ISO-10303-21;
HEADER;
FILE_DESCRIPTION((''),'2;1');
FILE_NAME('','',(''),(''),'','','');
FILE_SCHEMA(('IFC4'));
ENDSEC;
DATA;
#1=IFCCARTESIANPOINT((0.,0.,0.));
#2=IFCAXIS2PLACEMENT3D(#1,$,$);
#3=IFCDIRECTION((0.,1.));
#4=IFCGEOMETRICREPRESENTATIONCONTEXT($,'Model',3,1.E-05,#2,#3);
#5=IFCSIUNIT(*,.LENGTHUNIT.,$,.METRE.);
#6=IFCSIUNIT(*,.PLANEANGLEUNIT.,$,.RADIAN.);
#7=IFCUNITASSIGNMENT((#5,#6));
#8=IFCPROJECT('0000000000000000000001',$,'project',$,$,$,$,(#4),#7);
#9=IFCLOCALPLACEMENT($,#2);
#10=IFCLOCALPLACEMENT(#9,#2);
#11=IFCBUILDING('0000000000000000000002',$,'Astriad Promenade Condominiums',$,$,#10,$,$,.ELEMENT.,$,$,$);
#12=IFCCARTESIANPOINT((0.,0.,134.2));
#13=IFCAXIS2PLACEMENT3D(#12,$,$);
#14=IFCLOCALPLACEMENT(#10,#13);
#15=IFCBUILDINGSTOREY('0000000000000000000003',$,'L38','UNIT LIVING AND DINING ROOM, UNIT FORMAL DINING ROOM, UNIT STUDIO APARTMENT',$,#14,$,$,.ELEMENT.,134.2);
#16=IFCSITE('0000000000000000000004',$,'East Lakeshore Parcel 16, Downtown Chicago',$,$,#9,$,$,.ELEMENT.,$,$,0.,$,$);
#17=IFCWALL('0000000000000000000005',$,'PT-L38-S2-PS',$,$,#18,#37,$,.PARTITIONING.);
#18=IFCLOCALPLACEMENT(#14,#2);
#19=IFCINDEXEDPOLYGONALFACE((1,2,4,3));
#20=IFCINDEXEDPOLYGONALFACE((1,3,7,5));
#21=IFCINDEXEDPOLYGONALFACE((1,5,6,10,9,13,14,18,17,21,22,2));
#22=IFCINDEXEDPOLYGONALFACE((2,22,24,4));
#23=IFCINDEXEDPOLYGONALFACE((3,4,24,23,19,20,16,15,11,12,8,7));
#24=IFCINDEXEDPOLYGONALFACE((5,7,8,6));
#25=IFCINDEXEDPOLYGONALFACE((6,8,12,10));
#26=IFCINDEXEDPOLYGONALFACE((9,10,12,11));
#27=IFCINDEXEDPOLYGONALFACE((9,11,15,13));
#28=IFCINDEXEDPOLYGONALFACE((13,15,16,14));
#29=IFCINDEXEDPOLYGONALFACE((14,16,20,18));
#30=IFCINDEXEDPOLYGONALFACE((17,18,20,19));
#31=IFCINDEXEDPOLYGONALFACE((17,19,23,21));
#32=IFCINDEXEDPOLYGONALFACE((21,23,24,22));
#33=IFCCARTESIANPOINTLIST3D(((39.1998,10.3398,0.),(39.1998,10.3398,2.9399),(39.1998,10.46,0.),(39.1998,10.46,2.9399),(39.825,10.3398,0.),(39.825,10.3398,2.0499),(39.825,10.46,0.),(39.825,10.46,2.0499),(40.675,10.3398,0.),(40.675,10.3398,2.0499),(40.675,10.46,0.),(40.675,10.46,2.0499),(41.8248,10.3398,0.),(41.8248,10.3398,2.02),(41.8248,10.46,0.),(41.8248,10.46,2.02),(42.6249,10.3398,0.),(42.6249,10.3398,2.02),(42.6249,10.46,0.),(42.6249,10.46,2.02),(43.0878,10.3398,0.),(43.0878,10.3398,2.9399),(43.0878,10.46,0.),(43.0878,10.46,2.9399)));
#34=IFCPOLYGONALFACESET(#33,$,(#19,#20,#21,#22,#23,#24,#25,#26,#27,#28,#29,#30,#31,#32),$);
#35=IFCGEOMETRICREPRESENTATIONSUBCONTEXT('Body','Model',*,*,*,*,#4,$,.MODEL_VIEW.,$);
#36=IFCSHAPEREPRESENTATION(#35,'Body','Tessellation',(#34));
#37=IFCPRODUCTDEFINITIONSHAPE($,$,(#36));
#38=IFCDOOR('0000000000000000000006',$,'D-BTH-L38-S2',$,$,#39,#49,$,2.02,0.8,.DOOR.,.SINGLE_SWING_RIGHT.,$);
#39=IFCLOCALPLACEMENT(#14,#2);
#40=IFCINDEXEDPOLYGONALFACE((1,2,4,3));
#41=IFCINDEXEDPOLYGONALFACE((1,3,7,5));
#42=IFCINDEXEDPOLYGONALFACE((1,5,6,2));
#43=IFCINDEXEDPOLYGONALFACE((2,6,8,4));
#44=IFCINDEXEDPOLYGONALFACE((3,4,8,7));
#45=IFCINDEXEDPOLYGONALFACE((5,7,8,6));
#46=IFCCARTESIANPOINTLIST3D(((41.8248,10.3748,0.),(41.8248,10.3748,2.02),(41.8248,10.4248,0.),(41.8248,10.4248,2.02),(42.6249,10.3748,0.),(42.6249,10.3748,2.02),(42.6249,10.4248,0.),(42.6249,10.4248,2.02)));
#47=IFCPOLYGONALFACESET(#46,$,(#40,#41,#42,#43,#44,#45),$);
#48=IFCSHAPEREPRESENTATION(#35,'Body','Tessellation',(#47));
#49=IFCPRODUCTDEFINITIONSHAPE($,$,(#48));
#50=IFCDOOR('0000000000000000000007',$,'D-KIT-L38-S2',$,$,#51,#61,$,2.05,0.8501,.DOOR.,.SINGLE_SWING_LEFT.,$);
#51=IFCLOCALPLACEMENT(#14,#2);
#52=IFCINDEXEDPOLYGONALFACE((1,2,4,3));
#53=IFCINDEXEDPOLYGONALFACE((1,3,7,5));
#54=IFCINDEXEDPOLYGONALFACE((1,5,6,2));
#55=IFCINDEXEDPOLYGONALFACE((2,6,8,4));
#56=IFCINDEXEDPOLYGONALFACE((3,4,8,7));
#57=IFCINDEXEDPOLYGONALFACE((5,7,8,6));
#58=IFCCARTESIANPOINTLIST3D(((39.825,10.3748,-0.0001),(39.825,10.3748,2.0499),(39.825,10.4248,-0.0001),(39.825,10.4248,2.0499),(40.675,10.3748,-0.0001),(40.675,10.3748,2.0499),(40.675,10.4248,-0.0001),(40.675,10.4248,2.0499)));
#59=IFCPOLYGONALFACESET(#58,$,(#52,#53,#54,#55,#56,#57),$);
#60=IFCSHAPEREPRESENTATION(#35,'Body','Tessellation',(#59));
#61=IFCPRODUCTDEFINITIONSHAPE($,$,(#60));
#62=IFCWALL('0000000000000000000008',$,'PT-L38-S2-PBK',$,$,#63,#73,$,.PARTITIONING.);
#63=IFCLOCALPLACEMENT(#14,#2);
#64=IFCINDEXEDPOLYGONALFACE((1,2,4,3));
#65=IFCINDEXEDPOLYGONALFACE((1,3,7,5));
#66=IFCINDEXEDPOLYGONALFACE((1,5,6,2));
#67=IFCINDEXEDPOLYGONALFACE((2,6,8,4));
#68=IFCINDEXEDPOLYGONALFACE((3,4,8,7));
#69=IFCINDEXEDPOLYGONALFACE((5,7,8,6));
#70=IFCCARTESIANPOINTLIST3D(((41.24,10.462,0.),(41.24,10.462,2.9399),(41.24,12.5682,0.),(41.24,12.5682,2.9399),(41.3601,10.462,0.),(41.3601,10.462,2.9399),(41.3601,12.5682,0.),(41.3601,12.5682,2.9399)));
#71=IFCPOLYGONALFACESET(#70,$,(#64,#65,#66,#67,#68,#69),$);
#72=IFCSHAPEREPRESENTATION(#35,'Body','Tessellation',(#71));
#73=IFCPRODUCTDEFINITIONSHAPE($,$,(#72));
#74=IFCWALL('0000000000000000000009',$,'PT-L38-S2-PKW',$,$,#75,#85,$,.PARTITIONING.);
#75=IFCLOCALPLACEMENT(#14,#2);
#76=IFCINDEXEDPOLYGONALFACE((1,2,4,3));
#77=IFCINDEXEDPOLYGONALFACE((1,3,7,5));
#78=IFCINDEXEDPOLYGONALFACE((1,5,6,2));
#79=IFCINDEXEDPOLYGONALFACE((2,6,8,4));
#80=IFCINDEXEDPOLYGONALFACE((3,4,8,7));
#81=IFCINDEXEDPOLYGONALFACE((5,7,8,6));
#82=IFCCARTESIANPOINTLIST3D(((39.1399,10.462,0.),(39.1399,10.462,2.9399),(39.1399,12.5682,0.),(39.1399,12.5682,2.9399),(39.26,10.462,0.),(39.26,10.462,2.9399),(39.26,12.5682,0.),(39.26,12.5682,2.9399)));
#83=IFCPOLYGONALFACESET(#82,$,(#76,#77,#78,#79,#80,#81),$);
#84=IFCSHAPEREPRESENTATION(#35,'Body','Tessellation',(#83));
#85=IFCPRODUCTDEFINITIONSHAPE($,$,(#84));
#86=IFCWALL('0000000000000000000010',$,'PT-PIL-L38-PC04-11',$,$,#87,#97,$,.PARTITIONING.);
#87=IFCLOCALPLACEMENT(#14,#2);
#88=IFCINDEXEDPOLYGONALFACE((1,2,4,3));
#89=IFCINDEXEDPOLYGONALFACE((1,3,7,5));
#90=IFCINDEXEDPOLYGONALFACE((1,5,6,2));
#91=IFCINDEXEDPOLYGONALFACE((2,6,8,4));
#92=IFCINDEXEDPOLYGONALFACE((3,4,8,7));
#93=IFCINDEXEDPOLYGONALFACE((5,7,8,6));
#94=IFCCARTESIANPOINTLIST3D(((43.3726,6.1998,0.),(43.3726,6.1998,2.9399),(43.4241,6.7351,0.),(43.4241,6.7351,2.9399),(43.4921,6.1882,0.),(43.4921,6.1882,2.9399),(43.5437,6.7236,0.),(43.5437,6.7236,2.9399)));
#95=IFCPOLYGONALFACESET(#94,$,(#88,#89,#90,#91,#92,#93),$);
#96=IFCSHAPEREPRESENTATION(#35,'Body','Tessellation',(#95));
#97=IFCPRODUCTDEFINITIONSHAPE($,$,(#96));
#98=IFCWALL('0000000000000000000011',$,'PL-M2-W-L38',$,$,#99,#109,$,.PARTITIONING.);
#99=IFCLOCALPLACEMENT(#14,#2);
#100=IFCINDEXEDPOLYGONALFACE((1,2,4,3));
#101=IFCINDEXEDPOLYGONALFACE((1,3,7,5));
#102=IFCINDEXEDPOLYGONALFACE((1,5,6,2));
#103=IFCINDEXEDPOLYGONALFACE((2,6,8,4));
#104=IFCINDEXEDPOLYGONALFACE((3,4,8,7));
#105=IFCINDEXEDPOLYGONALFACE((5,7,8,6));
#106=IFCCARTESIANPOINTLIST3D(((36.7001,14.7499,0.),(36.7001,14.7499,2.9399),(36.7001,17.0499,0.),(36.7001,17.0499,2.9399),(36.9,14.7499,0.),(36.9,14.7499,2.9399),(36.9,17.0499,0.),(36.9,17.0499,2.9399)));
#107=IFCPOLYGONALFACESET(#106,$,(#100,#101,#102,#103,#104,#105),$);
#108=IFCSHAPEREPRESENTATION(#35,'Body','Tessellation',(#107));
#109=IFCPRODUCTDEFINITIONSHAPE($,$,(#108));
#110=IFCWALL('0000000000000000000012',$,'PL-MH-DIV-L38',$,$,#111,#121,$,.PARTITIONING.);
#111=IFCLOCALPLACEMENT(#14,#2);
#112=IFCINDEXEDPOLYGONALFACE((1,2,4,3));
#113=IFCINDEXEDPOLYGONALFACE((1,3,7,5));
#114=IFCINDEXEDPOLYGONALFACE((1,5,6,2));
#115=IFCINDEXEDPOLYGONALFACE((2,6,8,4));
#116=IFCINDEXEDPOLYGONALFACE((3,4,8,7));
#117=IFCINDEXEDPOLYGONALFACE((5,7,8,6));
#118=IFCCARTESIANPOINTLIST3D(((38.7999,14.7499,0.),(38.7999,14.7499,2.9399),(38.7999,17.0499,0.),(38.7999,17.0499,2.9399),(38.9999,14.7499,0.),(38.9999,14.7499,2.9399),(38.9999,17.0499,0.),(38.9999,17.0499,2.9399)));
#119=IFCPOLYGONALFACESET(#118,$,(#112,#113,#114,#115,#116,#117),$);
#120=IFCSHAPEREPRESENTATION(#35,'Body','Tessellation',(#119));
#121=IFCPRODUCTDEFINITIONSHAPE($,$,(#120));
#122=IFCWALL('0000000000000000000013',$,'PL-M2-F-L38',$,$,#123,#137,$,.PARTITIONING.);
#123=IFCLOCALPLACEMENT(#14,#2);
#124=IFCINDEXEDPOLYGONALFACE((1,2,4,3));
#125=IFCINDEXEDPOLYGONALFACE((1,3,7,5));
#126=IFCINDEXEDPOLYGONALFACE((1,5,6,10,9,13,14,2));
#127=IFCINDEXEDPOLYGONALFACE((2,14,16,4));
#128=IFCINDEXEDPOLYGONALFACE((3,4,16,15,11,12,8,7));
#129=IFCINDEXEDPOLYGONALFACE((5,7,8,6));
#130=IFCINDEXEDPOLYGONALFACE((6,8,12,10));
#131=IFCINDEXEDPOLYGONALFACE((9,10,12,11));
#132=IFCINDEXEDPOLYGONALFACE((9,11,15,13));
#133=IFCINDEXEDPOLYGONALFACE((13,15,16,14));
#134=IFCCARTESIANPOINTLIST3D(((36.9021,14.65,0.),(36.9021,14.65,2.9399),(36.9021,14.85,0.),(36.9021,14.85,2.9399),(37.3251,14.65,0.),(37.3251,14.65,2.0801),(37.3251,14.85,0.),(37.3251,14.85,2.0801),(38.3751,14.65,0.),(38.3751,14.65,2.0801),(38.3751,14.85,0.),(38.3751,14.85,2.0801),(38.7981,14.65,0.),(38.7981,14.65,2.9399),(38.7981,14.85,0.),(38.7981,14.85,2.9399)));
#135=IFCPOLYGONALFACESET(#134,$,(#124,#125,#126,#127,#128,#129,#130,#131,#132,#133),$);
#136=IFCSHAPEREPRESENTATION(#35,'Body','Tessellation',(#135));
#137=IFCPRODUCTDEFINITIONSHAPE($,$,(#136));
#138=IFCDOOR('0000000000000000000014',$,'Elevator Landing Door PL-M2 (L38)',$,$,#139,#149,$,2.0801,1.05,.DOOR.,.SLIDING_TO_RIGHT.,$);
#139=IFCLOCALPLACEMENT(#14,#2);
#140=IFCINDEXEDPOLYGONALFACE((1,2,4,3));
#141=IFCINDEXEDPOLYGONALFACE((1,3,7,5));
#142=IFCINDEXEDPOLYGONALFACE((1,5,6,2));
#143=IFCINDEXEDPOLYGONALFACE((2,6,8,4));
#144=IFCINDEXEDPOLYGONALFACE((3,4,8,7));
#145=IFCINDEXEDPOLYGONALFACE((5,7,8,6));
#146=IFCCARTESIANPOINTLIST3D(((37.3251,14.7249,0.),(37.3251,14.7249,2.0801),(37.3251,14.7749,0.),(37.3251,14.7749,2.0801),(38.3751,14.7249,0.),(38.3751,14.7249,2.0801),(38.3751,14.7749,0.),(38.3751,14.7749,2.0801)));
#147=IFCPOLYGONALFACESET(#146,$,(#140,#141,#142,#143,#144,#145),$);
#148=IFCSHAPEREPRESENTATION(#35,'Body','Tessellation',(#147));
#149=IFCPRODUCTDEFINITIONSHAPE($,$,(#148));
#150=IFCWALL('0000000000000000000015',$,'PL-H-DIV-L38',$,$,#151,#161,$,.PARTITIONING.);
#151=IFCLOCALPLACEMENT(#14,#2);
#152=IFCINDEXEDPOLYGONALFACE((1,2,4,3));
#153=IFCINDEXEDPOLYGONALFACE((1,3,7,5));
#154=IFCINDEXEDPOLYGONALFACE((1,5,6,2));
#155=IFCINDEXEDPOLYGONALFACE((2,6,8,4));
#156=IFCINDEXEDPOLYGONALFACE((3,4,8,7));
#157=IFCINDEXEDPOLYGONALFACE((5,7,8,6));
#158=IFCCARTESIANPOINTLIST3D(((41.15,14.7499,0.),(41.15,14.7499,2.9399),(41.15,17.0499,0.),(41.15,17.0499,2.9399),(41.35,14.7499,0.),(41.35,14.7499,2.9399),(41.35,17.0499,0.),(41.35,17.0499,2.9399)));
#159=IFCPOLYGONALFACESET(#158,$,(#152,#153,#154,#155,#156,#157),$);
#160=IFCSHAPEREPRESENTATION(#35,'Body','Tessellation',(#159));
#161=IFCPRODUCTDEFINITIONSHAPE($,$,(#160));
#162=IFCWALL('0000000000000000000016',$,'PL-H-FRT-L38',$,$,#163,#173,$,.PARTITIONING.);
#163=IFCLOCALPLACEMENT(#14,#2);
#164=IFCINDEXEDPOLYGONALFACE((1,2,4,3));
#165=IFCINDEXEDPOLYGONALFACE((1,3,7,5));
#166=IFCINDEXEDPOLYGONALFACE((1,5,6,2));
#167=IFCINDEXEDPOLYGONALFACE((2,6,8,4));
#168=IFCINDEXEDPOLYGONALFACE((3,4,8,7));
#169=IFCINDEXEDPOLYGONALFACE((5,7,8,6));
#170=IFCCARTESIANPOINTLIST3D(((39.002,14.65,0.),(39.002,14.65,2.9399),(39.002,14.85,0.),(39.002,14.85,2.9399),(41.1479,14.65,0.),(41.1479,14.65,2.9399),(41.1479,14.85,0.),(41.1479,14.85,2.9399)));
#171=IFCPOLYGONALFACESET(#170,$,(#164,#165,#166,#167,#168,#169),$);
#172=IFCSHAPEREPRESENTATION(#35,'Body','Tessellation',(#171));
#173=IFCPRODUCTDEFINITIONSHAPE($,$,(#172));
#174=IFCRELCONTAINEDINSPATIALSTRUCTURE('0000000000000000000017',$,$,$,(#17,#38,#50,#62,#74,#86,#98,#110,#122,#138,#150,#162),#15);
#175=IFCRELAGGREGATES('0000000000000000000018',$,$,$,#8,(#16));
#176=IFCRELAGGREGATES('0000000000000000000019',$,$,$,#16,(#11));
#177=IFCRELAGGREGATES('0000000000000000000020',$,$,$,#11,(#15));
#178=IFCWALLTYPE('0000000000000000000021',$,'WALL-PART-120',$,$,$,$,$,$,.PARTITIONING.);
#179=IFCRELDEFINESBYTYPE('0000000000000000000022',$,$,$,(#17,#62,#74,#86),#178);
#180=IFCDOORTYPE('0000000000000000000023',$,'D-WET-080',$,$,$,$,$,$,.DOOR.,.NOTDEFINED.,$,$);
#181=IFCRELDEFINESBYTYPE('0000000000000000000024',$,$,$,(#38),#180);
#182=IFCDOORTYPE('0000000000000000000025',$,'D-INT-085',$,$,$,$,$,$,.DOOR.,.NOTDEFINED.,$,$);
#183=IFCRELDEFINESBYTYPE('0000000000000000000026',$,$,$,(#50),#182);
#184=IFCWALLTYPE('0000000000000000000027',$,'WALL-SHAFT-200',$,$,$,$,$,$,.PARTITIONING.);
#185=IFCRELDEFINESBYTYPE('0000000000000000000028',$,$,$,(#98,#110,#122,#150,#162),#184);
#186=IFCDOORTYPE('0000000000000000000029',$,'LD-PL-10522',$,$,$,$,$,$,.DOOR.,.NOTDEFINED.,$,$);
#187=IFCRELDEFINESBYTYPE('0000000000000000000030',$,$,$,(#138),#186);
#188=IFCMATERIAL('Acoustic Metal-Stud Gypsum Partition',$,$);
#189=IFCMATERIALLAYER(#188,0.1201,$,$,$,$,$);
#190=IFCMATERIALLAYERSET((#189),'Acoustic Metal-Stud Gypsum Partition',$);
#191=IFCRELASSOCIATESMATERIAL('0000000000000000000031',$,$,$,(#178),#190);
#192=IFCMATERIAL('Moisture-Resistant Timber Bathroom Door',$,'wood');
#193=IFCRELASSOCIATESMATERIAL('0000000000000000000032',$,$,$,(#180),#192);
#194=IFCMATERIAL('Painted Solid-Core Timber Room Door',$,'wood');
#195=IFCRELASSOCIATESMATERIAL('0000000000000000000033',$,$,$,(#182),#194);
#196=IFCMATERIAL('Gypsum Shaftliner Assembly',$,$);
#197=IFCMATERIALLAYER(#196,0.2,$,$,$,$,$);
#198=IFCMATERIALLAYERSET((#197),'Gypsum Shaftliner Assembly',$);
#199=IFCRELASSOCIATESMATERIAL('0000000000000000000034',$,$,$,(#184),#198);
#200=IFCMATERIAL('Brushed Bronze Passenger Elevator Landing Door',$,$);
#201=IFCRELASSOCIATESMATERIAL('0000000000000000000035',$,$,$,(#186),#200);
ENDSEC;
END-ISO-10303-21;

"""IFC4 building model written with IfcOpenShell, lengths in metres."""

from ifc_helpers import new_model, si_unit, direction, frame, frame_2d, origin, place, context, subcontext, project, spatial, rectangle, extrude, source, transform, mapped, material, layer, layer_set, type_object, type_shapes, element, fill, save


model = new_model("IFC4")

# Units and contexts
model_context = context("Model", 3, precision=1e-05, world=origin(), true_north=direction((0.0, 1.0)))
body_context = subcontext(model_context, "Body", "Model", "MODEL_VIEW")
ifc_project = project(units=[si_unit("LENGTHUNIT", "METRE"), si_unit("PLANEANGLEUNIT", "RADIAN")], contexts=[model_context])

# Site, building, storey
site_placement = place(None, origin())
site = spatial("IfcSite", under=ifc_project, at=site_placement, Name="East Lakeshore Parcel 16, Downtown Chicago", CompositionType="ELEMENT", RefElevation=0.0)
building_placement = place(site_placement, origin())
building = spatial("IfcBuilding", under=site, at=building_placement, Name="Astriad Promenade Condominiums", CompositionType="ELEMENT")
storey_placement = place(building_placement, frame((0.0, 0.0, 134.2)))
storey = spatial("IfcBuildingStorey", under=building, at=storey_placement, Name="L38", Description="UNIT LIVING AND DINING ROOM, UNIT FORMAL DINING ROOM, UNIT STUDIO APARTMENT", CompositionType="ELEMENT", Elevation=134.2)

# Shared definitions
ifc_material_1 = material(Name="Acoustic Metal-Stud Gypsum Partition")
ifc_layer_1 = layer(ifc_material_1, 0.1201)
ifc_layer_set_1 = layer_set([ifc_layer_1], Name="Acoustic Metal-Stud Gypsum Partition")
wall_type_1 = type_object("IfcWallType", Name="WALL-PART-120", PredefinedType="PARTITIONING", material=ifc_layer_set_1)

# Wall, openings, doors
wall_1_placement = place(storey_placement, frame((39.2, 10.3999, 0.0), z_axis=(0.0, 0.0, 1.0), x_axis=(1.0, 0.0, 0.0)))
wall_1 = element("IfcWall", 1, at=wall_1_placement, inside=storey, type_object=wall_type_1, Name="PT-L38-S2-PS", PredefinedType="PARTITIONING", context=body_context, shape_type="SweptSolid", body=[
    extrude(rectangle(XDim=3.8879, YDim=0.1201, at=frame_2d((1.9438, 0.0))), origin(), (0.0, 0.0, 1.0), 2.9399),
])
opening_1_placement = place(wall_1_placement, frame((0.625, 0.0, 0.0)))
opening_1 = element("IfcOpeningElement", 2, at=opening_1_placement, cuts=wall_1, PredefinedType="OPENING", context=body_context, shape_type="SweptSolid", body=[
    extrude(rectangle(XDim=0.8501, YDim=2.05, at=frame_2d((0.425, 1.0249))), frame((0.0, 0.0701, 0.0), z_axis=(0.0, -1.0, 0.0), x_axis=(1.0, 0.0, 0.0)), (0.0, 0.0, 1.0), 0.1401),
])
opening_2_placement = place(wall_1_placement, frame((2.625, 0.0, 0.0)))
opening_2 = element("IfcOpeningElement", 3, at=opening_2_placement, cuts=wall_1, PredefinedType="OPENING", context=body_context, shape_type="SweptSolid", body=[
    extrude(rectangle(XDim=0.8, YDim=2.02, at=frame_2d((0.3999, 1.01))), frame((0.0, 0.0701, 0.0), z_axis=(0.0, -1.0, 0.0), x_axis=(1.0, 0.0, 0.0)), (0.0, 0.0, 1.0), 0.1401),
])
ifc_material_2 = material(Name="Moisture-Resistant Timber Bathroom Door", Category="wood")
door_type_1 = type_object("IfcDoorType", Name="D-WET-080", OperationType="NOTDEFINED", PredefinedType="DOOR", material=ifc_material_2)
shared_shape_1 = source(origin(), body_context, "Body", "SweptSolid", [
    extrude(rectangle(XDim=0.8, YDim=2.02, at=frame_2d((0.3999, 1.01))), frame((0.0, 0.0249, 0.0), z_axis=(0.0, -1.0, 0.0), x_axis=(1.0, 0.0, 0.0)), (0.0, 0.0, 1.0), 0.05),
])
type_shapes(door_type_1, [shared_shape_1])
door_1_placement = place(opening_2_placement, origin())
door_1 = element("IfcDoor", 4, at=door_1_placement, inside=storey, type_object=door_type_1, Name="D-BTH-L38-S2", OperationType="SINGLE_SWING_RIGHT", OverallHeight=2.02, OverallWidth=0.8, PredefinedType="DOOR", context=body_context, shape_type="MappedRepresentation", body=[
    mapped(shared_shape_1, transform((0.0, 0.0, 0.0), scale=1.0)),
])
fill(opening_2, door_1)
ifc_material_3 = material(Name="Painted Solid-Core Timber Room Door", Category="wood")
door_type_2 = type_object("IfcDoorType", Name="D-INT-085", OperationType="NOTDEFINED", PredefinedType="DOOR", material=ifc_material_3)
shared_shape_2 = source(origin(), body_context, "Body", "SweptSolid", [
    extrude(rectangle(XDim=0.8501, YDim=2.05, at=frame_2d((0.425, 1.0249))), frame((0.0, 0.0249, 0.0), z_axis=(0.0, -1.0, 0.0), x_axis=(1.0, 0.0, 0.0)), (0.0, 0.0, 1.0), 0.05),
])
type_shapes(door_type_2, [shared_shape_2])
door_2_placement = place(opening_1_placement, origin())
door_2 = element("IfcDoor", 5, at=door_2_placement, inside=storey, type_object=door_type_2, Name="D-KIT-L38-S2", OperationType="SINGLE_SWING_LEFT", OverallHeight=2.05, OverallWidth=0.8501, PredefinedType="DOOR", context=body_context, shape_type="MappedRepresentation", body=[
    mapped(shared_shape_2, transform((0.0, 0.0, 0.0), scale=1.0)),
])
fill(opening_1, door_2)

# Walls
for number, where, z_axis, x_axis, name in (
    (6, (41.3, 10.4619, 0.0), (0.0, 0.0, 1.0), (0.0, 1.0, 0.0), "PT-L38-S2-PBK"),
    (7, (39.2, 10.4619, 0.0), (0.0, 0.0, 1.0), (0.0, 1.0, 0.0), "PT-L38-S2-PKW"),
):
    element("IfcWall", number, at=place(storey_placement, frame(where, z_axis=z_axis, x_axis=x_axis)), inside=storey, type_object=wall_type_1, Name=name, PredefinedType="PARTITIONING", context=body_context, shape_type="SweptSolid", body=[
        extrude(rectangle(XDim=2.1062, YDim=0.1201, at=frame_2d((1.0532, 0.0))), origin(), (0.0, 0.0, 1.0), 2.9399),
    ])
wall_2_placement = place(storey_placement, frame((43.4839, 6.7295, 0.0), z_axis=(0.0, 0.0, 1.0), x_axis=(-0.095773, -0.995403, 0.0)))
element("IfcWall", 8, at=wall_2_placement, inside=storey, type_object=wall_type_1, Name="PT-PIL-L38-PC04-11", PredefinedType="PARTITIONING", context=body_context, shape_type="SweptSolid", body=[
    extrude(rectangle(XDim=0.5378, YDim=0.1201, at=frame_2d((0.269, 0.0))), origin(), (0.0, 0.0, 1.0), 2.9399),
])
ifc_material_4 = material(Name="Gypsum Shaftliner Assembly")
ifc_layer_2 = layer(ifc_material_4, 0.2)
ifc_layer_set_2 = layer_set([ifc_layer_2], Name="Gypsum Shaftliner Assembly")
wall_type_2 = type_object("IfcWallType", Name="WALL-SHAFT-200", PredefinedType="PARTITIONING", material=ifc_layer_set_2)
for number, where, z_axis, x_axis, name in (
    (9, (36.8, 14.75, 0.0), (0.0, 0.0, 1.0), (0.0, 1.0, 0.0), "PL-M2-W-L38"),
    (10, (38.8999, 14.75, 0.0), (0.0, 0.0, 1.0), (0.0, 1.0, 0.0), "PL-MH-DIV-L38"),
):
    element("IfcWall", number, at=place(storey_placement, frame(where, z_axis=z_axis, x_axis=x_axis)), inside=storey, type_object=wall_type_2, Name=name, PredefinedType="PARTITIONING", context=body_context, shape_type="SweptSolid", body=[
        extrude(rectangle(XDim=2.3, YDim=0.2, at=frame_2d((1.1499, 0.0))), origin(), (0.0, 0.0, 1.0), 2.9399),
    ])

# Wall, opening, door
wall_3_placement = place(storey_placement, frame((36.9021, 14.75, 0.0), z_axis=(0.0, 0.0, 1.0), x_axis=(1.0, 0.0, 0.0)))
wall_3 = element("IfcWall", 11, at=wall_3_placement, inside=storey, type_object=wall_type_2, Name="PL-M2-F-L38", PredefinedType="PARTITIONING", context=body_context, shape_type="SweptSolid", body=[
    extrude(rectangle(XDim=1.896, YDim=0.2, at=frame_2d((0.948, 0.0))), origin(), (0.0, 0.0, 1.0), 2.9399),
])
opening_3_placement = place(wall_3_placement, frame((0.4231, 0.0, 0.0)))
opening_3 = element("IfcOpeningElement", 12, at=opening_3_placement, cuts=wall_3, PredefinedType="OPENING", context=body_context, shape_type="SweptSolid", body=[
    extrude(rectangle(XDim=1.05, YDim=2.0801, at=frame_2d((0.5249, 1.04))), frame((0.0, 0.1099, 0.0), z_axis=(0.0, -1.0, 0.0), x_axis=(1.0, 0.0, 0.0)), (0.0, 0.0, 1.0), 0.22),
])
ifc_material_5 = material(Name="Brushed Bronze Passenger Elevator Landing Door")
door_type_3 = type_object("IfcDoorType", Name="LD-PL-10522", OperationType="NOTDEFINED", PredefinedType="DOOR", material=ifc_material_5)
shared_shape_3 = source(origin(), body_context, "Body", "SweptSolid", [
    extrude(rectangle(XDim=1.05, YDim=2.0801, at=frame_2d((0.5249, 1.04))), frame((0.0, 0.0249, 0.0), z_axis=(0.0, -1.0, 0.0), x_axis=(1.0, 0.0, 0.0)), (0.0, 0.0, 1.0), 0.05),
])
type_shapes(door_type_3, [shared_shape_3])
door_3_placement = place(opening_3_placement, origin())
door_3 = element("IfcDoor", 13, at=door_3_placement, inside=storey, type_object=door_type_3, Name="Elevator Landing Door PL-M2 (L38)", OperationType="SLIDING_TO_RIGHT", OverallHeight=2.0801, OverallWidth=1.05, PredefinedType="DOOR", context=body_context, shape_type="MappedRepresentation", body=[
    mapped(shared_shape_3, transform((0.0, 0.0, 0.0), scale=1.0)),
])
fill(opening_3, door_3)

# Walls
wall_4_placement = place(storey_placement, frame((41.25, 14.75, 0.0), z_axis=(0.0, 0.0, 1.0), x_axis=(0.0, 1.0, 0.0)))
element("IfcWall", 14, at=wall_4_placement, inside=storey, type_object=wall_type_2, Name="PL-H-DIV-L38", PredefinedType="PARTITIONING", context=body_context, shape_type="SweptSolid", body=[
    extrude(rectangle(XDim=2.3, YDim=0.2, at=frame_2d((1.1499, 0.0))), origin(), (0.0, 0.0, 1.0), 2.9399),
])
for number, where, z_axis, x_axis, name in (
    (15, (39.002, 14.75, 0.0), (0.0, 0.0, 1.0), (1.0, 0.0, 0.0), "PL-H-FRT-L38"),
):
    element("IfcWall", number, at=place(storey_placement, frame(where, z_axis=z_axis, x_axis=x_axis)), inside=storey, type_object=wall_type_2, Name=name, PredefinedType="PARTITIONING", context=body_context, shape_type="SweptSolid", body=[
        extrude(rectangle(XDim=2.146, YDim=0.2, at=frame_2d((1.073, 0.0))), origin(), (0.0, 0.0, 1.0), 2.9399),
    ])

save(model, "model.ifc")
